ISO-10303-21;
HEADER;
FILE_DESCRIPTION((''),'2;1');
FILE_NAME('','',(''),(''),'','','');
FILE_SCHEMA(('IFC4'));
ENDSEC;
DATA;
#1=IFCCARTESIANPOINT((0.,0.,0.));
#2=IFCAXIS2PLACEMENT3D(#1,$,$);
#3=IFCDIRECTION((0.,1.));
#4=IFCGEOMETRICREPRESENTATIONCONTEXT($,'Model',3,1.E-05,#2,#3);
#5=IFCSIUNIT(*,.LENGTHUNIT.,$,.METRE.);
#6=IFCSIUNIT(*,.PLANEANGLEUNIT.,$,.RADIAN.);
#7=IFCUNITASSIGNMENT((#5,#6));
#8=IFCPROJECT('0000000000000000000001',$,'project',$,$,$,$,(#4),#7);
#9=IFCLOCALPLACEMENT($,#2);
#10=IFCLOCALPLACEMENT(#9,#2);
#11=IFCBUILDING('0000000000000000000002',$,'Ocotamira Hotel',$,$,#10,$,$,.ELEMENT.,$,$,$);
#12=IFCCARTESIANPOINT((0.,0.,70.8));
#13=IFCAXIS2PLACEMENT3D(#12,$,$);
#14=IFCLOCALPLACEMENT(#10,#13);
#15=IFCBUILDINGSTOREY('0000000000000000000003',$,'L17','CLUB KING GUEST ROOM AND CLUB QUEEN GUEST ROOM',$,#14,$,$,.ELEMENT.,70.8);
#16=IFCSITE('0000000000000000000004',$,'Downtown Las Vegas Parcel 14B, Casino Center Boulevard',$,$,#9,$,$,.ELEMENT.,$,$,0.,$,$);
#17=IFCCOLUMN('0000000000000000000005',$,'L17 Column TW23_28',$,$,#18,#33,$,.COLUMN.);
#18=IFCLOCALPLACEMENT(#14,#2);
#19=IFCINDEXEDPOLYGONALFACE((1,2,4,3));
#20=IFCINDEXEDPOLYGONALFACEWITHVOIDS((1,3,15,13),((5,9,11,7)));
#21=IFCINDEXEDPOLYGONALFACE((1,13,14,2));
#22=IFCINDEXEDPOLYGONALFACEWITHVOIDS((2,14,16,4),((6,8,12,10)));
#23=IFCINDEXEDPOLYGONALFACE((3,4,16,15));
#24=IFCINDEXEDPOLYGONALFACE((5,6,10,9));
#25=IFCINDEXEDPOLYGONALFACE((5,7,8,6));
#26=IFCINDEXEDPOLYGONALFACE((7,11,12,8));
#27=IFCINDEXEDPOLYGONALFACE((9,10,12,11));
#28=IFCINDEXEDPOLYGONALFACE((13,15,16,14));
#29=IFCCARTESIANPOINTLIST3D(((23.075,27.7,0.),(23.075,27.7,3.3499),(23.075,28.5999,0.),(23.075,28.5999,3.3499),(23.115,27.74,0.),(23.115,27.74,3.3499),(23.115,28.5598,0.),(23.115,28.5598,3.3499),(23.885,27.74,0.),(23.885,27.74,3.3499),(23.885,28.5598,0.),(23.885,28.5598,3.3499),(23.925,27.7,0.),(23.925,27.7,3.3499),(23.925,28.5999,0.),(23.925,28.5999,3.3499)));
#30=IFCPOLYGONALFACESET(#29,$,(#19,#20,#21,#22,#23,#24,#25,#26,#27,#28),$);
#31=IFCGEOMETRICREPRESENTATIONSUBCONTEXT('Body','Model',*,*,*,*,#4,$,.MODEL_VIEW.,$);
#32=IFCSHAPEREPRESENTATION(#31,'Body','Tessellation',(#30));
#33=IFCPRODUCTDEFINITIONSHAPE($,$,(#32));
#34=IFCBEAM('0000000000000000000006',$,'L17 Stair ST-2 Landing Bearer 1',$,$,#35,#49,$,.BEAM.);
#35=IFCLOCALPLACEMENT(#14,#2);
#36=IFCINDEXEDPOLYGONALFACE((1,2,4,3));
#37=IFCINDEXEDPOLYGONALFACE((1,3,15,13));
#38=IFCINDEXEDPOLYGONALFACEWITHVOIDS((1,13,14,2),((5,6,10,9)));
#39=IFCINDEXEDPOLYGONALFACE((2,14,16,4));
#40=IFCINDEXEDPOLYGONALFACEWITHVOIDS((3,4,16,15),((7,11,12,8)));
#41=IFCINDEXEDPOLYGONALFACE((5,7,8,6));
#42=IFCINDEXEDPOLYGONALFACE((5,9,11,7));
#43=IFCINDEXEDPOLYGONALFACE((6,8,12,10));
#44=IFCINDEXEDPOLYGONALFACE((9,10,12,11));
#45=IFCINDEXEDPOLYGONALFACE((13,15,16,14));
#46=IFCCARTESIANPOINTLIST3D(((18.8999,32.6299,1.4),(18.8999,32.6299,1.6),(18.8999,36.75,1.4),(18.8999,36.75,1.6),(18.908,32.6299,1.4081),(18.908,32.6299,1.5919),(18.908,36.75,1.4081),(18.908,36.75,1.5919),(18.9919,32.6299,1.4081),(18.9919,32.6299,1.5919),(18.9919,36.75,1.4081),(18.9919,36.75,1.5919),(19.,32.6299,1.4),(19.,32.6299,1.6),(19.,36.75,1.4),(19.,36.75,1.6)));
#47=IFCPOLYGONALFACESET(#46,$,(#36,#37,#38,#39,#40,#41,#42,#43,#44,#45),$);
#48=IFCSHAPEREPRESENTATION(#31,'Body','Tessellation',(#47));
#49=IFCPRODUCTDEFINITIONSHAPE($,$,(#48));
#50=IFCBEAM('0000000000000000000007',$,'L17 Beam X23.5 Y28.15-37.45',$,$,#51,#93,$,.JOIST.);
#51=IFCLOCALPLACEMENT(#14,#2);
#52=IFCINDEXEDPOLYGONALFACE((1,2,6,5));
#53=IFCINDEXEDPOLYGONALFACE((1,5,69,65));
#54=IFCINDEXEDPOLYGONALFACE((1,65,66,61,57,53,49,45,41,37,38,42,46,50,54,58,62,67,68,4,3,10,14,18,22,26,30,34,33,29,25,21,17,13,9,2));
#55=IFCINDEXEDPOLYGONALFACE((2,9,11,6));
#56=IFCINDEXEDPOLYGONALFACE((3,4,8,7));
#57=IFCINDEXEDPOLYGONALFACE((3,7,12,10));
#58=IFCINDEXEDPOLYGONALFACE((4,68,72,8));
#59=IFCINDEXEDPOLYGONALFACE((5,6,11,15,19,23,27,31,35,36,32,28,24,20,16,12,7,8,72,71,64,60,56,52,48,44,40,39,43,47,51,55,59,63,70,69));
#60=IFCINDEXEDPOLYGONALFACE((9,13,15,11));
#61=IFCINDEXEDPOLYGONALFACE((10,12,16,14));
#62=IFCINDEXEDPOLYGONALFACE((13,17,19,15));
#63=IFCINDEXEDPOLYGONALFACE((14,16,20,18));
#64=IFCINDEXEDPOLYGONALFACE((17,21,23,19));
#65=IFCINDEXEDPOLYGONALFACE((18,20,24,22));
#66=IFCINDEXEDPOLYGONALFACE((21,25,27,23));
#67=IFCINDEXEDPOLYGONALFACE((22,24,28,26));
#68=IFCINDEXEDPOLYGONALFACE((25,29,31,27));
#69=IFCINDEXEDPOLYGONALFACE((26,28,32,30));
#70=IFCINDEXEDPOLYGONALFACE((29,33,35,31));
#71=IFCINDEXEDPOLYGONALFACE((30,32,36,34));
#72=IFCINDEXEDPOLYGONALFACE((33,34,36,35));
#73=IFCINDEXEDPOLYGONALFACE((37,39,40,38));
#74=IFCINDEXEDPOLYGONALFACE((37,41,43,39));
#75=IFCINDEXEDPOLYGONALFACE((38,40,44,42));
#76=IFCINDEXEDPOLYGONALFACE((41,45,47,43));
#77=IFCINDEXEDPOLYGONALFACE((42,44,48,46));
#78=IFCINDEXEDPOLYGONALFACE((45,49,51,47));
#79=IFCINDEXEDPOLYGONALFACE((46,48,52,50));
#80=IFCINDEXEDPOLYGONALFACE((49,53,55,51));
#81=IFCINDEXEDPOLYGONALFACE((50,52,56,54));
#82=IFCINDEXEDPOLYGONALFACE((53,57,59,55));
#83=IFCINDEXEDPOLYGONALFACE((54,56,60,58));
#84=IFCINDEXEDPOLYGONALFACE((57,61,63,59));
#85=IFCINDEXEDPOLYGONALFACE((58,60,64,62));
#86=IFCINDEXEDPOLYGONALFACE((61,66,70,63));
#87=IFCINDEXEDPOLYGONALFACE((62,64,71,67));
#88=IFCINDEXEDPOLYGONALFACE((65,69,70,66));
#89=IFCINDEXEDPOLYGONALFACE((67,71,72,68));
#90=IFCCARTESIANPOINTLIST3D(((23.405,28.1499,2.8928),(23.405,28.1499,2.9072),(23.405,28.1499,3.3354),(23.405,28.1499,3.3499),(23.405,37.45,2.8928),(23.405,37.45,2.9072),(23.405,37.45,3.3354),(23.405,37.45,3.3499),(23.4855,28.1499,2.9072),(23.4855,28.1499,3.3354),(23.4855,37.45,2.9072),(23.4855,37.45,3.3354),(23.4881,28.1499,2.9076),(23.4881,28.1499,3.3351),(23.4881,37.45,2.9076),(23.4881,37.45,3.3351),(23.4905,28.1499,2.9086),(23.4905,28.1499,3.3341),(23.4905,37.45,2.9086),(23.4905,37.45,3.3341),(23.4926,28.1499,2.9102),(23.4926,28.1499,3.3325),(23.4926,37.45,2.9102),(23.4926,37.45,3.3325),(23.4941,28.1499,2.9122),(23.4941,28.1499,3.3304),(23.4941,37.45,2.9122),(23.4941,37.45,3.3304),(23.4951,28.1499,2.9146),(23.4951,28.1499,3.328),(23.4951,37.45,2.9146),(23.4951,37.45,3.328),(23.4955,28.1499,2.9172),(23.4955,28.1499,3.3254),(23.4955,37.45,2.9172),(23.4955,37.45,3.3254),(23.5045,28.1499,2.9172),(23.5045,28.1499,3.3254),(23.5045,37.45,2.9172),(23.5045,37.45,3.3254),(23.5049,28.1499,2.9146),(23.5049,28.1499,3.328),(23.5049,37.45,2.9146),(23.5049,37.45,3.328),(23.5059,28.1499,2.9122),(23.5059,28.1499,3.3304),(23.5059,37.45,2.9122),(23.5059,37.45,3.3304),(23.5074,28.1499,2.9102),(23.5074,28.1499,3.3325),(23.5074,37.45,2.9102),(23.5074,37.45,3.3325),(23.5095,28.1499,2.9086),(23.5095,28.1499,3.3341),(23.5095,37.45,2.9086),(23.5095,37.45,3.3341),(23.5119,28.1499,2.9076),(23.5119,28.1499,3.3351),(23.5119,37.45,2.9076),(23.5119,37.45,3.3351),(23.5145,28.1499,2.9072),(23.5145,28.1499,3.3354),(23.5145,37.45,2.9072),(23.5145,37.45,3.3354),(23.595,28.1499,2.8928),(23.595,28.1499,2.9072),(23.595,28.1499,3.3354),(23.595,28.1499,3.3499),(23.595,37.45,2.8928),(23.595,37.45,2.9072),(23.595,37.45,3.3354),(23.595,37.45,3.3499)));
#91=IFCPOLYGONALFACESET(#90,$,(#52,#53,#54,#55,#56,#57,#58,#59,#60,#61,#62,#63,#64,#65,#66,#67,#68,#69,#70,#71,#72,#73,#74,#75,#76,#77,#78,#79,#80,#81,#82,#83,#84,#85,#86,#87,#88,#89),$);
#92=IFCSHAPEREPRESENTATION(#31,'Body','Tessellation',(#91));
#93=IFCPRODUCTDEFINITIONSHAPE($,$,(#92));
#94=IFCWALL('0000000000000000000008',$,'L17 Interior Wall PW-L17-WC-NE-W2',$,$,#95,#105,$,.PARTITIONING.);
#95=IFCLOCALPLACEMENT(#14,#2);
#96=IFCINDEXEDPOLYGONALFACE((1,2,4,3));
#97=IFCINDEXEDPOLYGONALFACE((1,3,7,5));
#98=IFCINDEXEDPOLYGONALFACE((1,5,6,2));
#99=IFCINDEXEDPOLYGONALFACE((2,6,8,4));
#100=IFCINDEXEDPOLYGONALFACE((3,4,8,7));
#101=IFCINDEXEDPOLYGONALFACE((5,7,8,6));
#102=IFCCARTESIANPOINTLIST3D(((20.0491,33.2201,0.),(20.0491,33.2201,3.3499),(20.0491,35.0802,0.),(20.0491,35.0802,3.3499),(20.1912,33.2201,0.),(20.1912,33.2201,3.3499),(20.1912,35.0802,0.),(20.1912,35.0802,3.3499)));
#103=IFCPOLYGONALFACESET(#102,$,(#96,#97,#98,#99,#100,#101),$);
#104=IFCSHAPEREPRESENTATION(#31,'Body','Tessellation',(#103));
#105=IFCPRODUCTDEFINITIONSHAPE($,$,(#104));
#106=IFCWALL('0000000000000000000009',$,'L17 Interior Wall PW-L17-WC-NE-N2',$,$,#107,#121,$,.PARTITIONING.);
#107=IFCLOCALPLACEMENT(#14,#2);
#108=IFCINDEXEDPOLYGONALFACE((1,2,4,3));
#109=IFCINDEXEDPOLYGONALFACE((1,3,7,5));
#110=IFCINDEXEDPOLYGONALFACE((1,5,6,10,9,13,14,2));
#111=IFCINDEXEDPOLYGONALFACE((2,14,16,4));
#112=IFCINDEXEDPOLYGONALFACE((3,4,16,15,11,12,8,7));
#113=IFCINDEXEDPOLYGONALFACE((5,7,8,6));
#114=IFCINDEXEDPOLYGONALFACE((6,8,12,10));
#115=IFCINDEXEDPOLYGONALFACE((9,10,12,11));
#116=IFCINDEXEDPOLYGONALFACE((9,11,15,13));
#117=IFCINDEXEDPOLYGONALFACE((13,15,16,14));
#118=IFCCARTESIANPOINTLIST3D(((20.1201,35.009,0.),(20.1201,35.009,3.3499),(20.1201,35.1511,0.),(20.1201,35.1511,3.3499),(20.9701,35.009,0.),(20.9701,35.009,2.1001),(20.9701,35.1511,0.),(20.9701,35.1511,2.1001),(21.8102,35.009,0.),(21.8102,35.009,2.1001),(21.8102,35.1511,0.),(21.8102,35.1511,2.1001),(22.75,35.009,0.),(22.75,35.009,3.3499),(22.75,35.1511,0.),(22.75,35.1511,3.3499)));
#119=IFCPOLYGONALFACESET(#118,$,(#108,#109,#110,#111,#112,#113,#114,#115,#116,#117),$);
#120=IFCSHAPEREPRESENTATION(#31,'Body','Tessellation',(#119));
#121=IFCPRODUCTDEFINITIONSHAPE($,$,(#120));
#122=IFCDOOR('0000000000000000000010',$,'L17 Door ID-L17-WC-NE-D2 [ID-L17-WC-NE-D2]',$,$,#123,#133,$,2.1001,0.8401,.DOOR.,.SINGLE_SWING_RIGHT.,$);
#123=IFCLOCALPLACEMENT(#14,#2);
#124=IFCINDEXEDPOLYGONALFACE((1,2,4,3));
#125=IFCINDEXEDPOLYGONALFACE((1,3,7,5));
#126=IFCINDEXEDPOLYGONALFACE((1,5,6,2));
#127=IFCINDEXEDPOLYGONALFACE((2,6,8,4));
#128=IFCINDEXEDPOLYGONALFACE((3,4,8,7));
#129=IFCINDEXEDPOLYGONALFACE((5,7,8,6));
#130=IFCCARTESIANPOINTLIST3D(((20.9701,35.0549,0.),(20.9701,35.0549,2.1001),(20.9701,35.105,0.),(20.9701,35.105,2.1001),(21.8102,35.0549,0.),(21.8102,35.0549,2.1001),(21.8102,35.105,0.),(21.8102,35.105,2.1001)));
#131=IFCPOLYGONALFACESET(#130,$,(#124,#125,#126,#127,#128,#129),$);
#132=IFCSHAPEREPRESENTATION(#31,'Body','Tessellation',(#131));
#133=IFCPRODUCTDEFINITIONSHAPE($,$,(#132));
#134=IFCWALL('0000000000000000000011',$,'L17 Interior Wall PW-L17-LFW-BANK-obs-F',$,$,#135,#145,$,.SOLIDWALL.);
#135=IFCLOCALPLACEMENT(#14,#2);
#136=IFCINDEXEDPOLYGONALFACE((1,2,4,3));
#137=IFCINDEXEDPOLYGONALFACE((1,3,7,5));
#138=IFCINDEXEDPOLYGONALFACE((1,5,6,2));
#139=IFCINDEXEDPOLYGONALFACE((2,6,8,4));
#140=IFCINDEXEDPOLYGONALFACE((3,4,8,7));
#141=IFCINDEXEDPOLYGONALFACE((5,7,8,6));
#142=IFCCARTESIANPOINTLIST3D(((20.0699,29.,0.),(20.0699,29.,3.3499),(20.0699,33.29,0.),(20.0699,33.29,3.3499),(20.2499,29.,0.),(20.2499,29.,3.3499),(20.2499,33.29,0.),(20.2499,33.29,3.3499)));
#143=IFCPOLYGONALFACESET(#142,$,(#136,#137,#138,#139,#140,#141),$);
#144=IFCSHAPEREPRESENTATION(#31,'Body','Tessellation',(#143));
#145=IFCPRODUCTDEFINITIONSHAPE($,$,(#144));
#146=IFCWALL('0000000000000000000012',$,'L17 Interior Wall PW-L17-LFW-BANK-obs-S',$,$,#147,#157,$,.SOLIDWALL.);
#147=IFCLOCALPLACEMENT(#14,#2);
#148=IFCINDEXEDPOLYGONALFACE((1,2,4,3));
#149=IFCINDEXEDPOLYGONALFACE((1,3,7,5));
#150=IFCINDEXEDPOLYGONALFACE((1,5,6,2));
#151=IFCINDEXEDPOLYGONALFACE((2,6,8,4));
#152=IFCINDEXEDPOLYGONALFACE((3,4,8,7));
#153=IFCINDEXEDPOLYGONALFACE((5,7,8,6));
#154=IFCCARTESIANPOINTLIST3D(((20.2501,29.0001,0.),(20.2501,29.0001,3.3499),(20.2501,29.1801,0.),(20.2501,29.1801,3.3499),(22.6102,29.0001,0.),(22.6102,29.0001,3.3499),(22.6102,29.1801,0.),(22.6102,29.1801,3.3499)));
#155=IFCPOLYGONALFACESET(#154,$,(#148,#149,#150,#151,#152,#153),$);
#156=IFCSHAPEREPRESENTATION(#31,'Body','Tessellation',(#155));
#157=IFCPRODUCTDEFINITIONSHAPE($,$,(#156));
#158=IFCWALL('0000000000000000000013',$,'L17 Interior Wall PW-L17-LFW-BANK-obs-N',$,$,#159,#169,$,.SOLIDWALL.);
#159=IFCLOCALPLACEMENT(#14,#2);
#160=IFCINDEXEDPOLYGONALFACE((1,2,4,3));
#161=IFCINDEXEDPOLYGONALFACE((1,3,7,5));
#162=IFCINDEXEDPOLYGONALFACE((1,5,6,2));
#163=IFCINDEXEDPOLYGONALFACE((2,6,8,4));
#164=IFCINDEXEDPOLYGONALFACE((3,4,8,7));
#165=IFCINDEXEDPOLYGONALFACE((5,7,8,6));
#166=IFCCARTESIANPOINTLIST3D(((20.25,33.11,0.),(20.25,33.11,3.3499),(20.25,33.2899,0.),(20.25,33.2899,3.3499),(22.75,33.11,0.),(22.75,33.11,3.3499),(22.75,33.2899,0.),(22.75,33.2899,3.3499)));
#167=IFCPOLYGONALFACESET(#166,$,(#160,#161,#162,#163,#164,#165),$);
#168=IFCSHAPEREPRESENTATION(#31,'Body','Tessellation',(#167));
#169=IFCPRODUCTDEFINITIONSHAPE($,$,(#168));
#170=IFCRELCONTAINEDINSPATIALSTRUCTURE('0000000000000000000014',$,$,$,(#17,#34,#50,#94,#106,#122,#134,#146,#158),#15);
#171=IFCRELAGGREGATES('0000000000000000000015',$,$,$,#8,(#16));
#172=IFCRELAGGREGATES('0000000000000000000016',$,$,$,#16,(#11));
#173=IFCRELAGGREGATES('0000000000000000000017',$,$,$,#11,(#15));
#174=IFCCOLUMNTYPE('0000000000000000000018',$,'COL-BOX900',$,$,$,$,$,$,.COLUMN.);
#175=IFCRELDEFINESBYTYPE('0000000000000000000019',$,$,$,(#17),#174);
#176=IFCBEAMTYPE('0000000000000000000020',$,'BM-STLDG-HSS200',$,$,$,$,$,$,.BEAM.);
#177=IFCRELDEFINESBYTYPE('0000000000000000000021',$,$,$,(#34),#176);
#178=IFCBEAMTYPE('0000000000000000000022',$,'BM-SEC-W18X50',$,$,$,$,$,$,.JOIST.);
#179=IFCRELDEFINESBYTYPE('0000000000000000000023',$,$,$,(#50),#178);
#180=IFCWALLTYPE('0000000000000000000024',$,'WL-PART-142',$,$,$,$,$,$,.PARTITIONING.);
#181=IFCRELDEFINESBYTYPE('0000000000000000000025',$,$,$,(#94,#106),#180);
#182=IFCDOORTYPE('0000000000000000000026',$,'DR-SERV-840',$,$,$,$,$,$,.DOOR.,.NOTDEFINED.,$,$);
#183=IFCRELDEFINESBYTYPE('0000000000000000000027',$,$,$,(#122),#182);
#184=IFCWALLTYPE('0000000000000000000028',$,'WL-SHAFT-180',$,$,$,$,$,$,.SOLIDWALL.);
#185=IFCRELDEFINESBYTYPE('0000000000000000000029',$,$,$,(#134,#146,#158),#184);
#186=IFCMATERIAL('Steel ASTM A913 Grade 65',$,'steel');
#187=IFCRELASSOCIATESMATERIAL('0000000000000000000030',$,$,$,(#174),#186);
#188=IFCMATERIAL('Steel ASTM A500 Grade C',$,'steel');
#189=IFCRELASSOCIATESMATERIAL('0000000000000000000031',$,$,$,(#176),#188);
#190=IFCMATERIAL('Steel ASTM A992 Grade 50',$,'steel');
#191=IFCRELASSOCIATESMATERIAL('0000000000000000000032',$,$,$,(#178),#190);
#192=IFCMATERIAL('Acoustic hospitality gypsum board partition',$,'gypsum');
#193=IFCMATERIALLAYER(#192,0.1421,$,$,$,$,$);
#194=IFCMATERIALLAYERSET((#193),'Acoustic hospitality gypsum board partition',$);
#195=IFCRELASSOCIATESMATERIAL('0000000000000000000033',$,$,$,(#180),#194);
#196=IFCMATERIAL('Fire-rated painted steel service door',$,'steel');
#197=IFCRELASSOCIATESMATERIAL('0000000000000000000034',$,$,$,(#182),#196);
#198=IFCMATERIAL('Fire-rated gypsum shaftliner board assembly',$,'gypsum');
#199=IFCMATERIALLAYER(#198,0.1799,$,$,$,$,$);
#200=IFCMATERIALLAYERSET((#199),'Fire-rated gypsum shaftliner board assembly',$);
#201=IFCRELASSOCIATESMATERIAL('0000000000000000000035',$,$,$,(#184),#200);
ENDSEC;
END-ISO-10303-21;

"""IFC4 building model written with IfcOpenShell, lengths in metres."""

from ifc_helpers import new_model, si_unit, direction, frame, frame_2d, origin, origin_2d, place, context, subcontext, project, spatial, rectangle, hollow_rectangle, i_section, extrude, source, transform, mapped, material, layer, layer_set, material_profile, profile_set, type_object, element, fill, save


model = new_model("IFC4")

# Units and contexts
model_context = context("Model", 3, precision=1e-05, world=origin(), true_north=direction((0.0, 1.0)))
body_context = subcontext(model_context, "Body", "Model", "MODEL_VIEW")
ifc_project = project(units=[si_unit("LENGTHUNIT", "METRE"), si_unit("PLANEANGLEUNIT", "RADIAN")], contexts=[model_context])

# Site, building, storey
site_placement = place(None, origin())
site = spatial("IfcSite", under=ifc_project, at=site_placement, Name="Downtown Las Vegas Parcel 14B, Casino Center Boulevard", CompositionType="ELEMENT", RefElevation=0.0)
building_placement = place(site_placement, origin())
building = spatial("IfcBuilding", under=site, at=building_placement, Name="Ocotamira Hotel", CompositionType="ELEMENT")
storey_placement = place(building_placement, frame((0.0, 0.0, 70.8)))
storey = spatial("IfcBuildingStorey", under=building, at=storey_placement, Name="L17", Description="CLUB KING GUEST ROOM AND CLUB QUEEN GUEST ROOM", CompositionType="ELEMENT", Elevation=70.8)

# Column
ifc_material_1 = material(Name="Steel ASTM A913 Grade 65", Category="steel")
ifc_material_profile_1 = material_profile(ifc_material_1, hollow_rectangle(XDim=0.8501, YDim=0.8999, WallThickness=0.04, at=origin_2d()), Name="BOX900X850X40")
ifc_profile_set_1 = profile_set([ifc_material_profile_1], Name="Steel ASTM A913 Grade 65")
column_type = type_object("IfcColumnType", Name="COL-BOX900", PredefinedType="COLUMN", material=ifc_profile_set_1)
shared_shape_1 = source(origin(), body_context, "Body", "SweptSolid", [
    extrude(hollow_rectangle(XDim=0.8501, YDim=0.8999, WallThickness=0.04, at=origin_2d()), origin(), (0.0, 0.0, 1.0), 3.3499),
])
column_placement = place(storey_placement, frame((23.5, 28.1499, 0.0), z_axis=(0.0, 0.0, 1.0), x_axis=(1.0, 0.0, 0.0)))
element("IfcColumn", 1, at=column_placement, inside=storey, type_object=column_type, Name="L17 Column TW23_28", PredefinedType="COLUMN", context=body_context, shape_type="MappedRepresentation", body=[
    mapped(shared_shape_1, transform((0.0, 0.0, 0.0), scale=1.0)),
])

# Beams
ifc_material_2 = material(Name="Steel ASTM A500 Grade C", Category="steel")
ifc_material_profile_2 = material_profile(ifc_material_2, hollow_rectangle(XDim=0.1001, YDim=0.2, WallThickness=0.0081, at=origin_2d()), Name="HSS200X100X8")
ifc_profile_set_2 = profile_set([ifc_material_profile_2], Name="Steel ASTM A500 Grade C")
beam_type_1 = type_object("IfcBeamType", Name="BM-STLDG-HSS200", PredefinedType="BEAM", material=ifc_profile_set_2)
shared_shape_2 = source(origin(), body_context, "Body", "SweptSolid", [
    extrude(hollow_rectangle(XDim=0.1001, YDim=0.2, WallThickness=0.0081, at=origin_2d()), origin(), (0.0, 0.0, 1.0), 4.1201),
])
beam_1_placement = place(storey_placement, frame((18.95, 32.6299, 1.5), z_axis=(0.0, 1.0, 0.0), x_axis=(-1.0, 0.0, 0.0)))
element("IfcBeam", 2, at=beam_1_placement, inside=storey, type_object=beam_type_1, Name="L17 Stair ST-2 Landing Bearer 1", PredefinedType="BEAM", context=body_context, shape_type="MappedRepresentation", body=[
    mapped(shared_shape_2, transform((0.0, 0.0, 0.0), scale=1.0)),
])
ifc_material_3 = material(Name="Steel ASTM A992 Grade 50", Category="steel")
ifc_material_profile_3 = material_profile(ifc_material_3, i_section(OverallWidth=0.1899, OverallDepth=0.457, WebThickness=0.009, FlangeThickness=0.0144, FilletRadius=0.01, at=origin_2d()), Name="W18X50")
ifc_profile_set_3 = profile_set([ifc_material_profile_3], Name="Steel ASTM A992 Grade 50")
beam_type_2 = type_object("IfcBeamType", Name="BM-SEC-W18X50", PredefinedType="JOIST", material=ifc_profile_set_3)
shared_shape_3 = source(origin(), body_context, "Body", "SweptSolid", [
    extrude(i_section(OverallWidth=0.1899, OverallDepth=0.457, WebThickness=0.009, FlangeThickness=0.0144, FilletRadius=0.01, at=origin_2d()), origin(), (0.0, 0.0, 1.0), 9.3),
])
beam_2_placement = place(storey_placement, frame((23.5, 28.1499, 3.1213), z_axis=(0.0, 1.0, 0.0), x_axis=(-1.0, 0.0, 0.0)))
element("IfcBeam", 3, at=beam_2_placement, inside=storey, type_object=beam_type_2, Name="L17 Beam X23.5 Y28.15-37.45", PredefinedType="JOIST", context=body_context, shape_type="MappedRepresentation", body=[
    mapped(shared_shape_3, transform((0.0, 0.0, 0.0), scale=1.0)),
])

# Wall
ifc_material_4 = material(Name="Acoustic hospitality gypsum board partition", Category="gypsum")
ifc_layer_1 = layer(ifc_material_4, 0.1421)
ifc_layer_set_1 = layer_set([ifc_layer_1], Name="Acoustic hospitality gypsum board partition")
wall_type_1 = type_object("IfcWallType", Name="WL-PART-142", PredefinedType="PARTITIONING", material=ifc_layer_set_1)
wall_1_placement = place(storey_placement, frame((20.1201, 33.22, 0.0), z_axis=(0.0, 0.0, 1.0), x_axis=(0.0, 1.0, 0.0)))
element("IfcWall", 4, at=wall_1_placement, inside=storey, type_object=wall_type_1, Name="L17 Interior Wall PW-L17-WC-NE-W2", PredefinedType="PARTITIONING", context=body_context, shape_type="SweptSolid", body=[
    extrude(rectangle(XDim=1.8601, YDim=0.1421, at=frame_2d((0.9302, 0.0))), origin(), (0.0, 0.0, 1.0), 3.3499),
])

# Wall, opening, door
wall_2_placement = place(storey_placement, frame((20.1201, 35.0801, 0.0), z_axis=(0.0, 0.0, 1.0), x_axis=(1.0, 0.0, 0.0)))
wall_2 = element("IfcWall", 5, at=wall_2_placement, inside=storey, type_object=wall_type_1, Name="L17 Interior Wall PW-L17-WC-NE-N2", PredefinedType="PARTITIONING", context=body_context, shape_type="SweptSolid", body=[
    extrude(rectangle(XDim=2.6299, YDim=0.1421, at=frame_2d((1.3149, 0.0))), origin(), (0.0, 0.0, 1.0), 3.3499),
])
opening_1_placement = place(wall_2_placement, frame((0.8501, 0.0, 0.0)))
opening_1 = element("IfcOpeningElement", 6, at=opening_1_placement, cuts=wall_2, PredefinedType="OPENING", context=body_context, shape_type="SweptSolid", body=[
    extrude(rectangle(XDim=0.8401, YDim=2.1001, at=frame_2d((0.4199, 1.05))), frame((0.0, 0.0811, 0.0), z_axis=(0.0, -1.0, 0.0), x_axis=(1.0, 0.0, 0.0)), (0.0, 0.0, 1.0), 0.1621),
])
ifc_material_5 = material(Name="Fire-rated painted steel service door", Category="steel")
door_type_1 = type_object("IfcDoorType", Name="DR-SERV-840", OperationType="NOTDEFINED", PredefinedType="DOOR", material=ifc_material_5)
shared_shape_4 = source(origin(), body_context, "Body", "SweptSolid", [
    extrude(rectangle(XDim=0.8401, YDim=2.1001, at=frame_2d((0.4199, 1.05))), frame((0.0, 0.0249, 0.0), z_axis=(0.0, -1.0, 0.0), x_axis=(1.0, 0.0, 0.0)), (0.0, 0.0, 1.0), 0.05),
])
door_1_placement = place(opening_1_placement, origin())
door_1 = element("IfcDoor", 7, at=door_1_placement, inside=storey, type_object=door_type_1, Name="L17 Door ID-L17-WC-NE-D2 [ID-L17-WC-NE-D2]", OperationType="SINGLE_SWING_RIGHT", OverallHeight=2.1001, OverallWidth=0.8401, PredefinedType="DOOR", context=body_context, shape_type="MappedRepresentation", body=[
    mapped(shared_shape_4, transform((0.0, 0.0, 0.0), scale=1.0)),
])
fill(opening_1, door_1)

# Walls
ifc_material_6 = material(Name="Fire-rated gypsum shaftliner board assembly", Category="gypsum")
ifc_layer_2 = layer(ifc_material_6, 0.1799)
ifc_layer_set_2 = layer_set([ifc_layer_2], Name="Fire-rated gypsum shaftliner board assembly")
wall_type_2 = type_object("IfcWallType", Name="WL-SHAFT-180", PredefinedType="SOLIDWALL", material=ifc_layer_set_2)
wall_3_placement = place(storey_placement, frame((20.1599, 29.0, 0.0), z_axis=(0.0, 0.0, 1.0), x_axis=(0.0, 1.0, 0.0)))
element("IfcWall", 8, at=wall_3_placement, inside=storey, type_object=wall_type_2, Name="L17 Interior Wall PW-L17-LFW-BANK-obs-F", PredefinedType="SOLIDWALL", context=body_context, shape_type="SweptSolid", body=[
    extrude(rectangle(XDim=4.29, YDim=0.1799, at=frame_2d((2.145, 0.0))), origin(), (0.0, 0.0, 1.0), 3.3499),
])
wall_4_placement = place(storey_placement, frame((20.25, 29.0901, 0.0), z_axis=(0.0, 0.0, 1.0), x_axis=(1.0, 0.0, 0.0)))
element("IfcWall", 9, at=wall_4_placement, inside=storey, type_object=wall_type_2, Name="L17 Interior Wall PW-L17-LFW-BANK-obs-S", PredefinedType="SOLIDWALL", context=body_context, shape_type="SweptSolid", body=[
    extrude(rectangle(XDim=2.3601, YDim=0.1799, at=frame_2d((1.1802, 0.0))), origin(), (0.0, 0.0, 1.0), 3.3499),
])
wall_5_placement = place(storey_placement, frame((20.25, 33.2, 0.0), z_axis=(0.0, 0.0, 1.0), x_axis=(1.0, 0.0, 0.0)))
element("IfcWall", 10, at=wall_5_placement, inside=storey, type_object=wall_type_2, Name="L17 Interior Wall PW-L17-LFW-BANK-obs-N", PredefinedType="SOLIDWALL", context=body_context, shape_type="SweptSolid", body=[
    extrude(rectangle(XDim=2.5, YDim=0.1799, at=frame_2d((1.25, 0.0))), origin(), (0.0, 0.0, 1.0), 3.3499),
])

save(model, "model.ifc")
